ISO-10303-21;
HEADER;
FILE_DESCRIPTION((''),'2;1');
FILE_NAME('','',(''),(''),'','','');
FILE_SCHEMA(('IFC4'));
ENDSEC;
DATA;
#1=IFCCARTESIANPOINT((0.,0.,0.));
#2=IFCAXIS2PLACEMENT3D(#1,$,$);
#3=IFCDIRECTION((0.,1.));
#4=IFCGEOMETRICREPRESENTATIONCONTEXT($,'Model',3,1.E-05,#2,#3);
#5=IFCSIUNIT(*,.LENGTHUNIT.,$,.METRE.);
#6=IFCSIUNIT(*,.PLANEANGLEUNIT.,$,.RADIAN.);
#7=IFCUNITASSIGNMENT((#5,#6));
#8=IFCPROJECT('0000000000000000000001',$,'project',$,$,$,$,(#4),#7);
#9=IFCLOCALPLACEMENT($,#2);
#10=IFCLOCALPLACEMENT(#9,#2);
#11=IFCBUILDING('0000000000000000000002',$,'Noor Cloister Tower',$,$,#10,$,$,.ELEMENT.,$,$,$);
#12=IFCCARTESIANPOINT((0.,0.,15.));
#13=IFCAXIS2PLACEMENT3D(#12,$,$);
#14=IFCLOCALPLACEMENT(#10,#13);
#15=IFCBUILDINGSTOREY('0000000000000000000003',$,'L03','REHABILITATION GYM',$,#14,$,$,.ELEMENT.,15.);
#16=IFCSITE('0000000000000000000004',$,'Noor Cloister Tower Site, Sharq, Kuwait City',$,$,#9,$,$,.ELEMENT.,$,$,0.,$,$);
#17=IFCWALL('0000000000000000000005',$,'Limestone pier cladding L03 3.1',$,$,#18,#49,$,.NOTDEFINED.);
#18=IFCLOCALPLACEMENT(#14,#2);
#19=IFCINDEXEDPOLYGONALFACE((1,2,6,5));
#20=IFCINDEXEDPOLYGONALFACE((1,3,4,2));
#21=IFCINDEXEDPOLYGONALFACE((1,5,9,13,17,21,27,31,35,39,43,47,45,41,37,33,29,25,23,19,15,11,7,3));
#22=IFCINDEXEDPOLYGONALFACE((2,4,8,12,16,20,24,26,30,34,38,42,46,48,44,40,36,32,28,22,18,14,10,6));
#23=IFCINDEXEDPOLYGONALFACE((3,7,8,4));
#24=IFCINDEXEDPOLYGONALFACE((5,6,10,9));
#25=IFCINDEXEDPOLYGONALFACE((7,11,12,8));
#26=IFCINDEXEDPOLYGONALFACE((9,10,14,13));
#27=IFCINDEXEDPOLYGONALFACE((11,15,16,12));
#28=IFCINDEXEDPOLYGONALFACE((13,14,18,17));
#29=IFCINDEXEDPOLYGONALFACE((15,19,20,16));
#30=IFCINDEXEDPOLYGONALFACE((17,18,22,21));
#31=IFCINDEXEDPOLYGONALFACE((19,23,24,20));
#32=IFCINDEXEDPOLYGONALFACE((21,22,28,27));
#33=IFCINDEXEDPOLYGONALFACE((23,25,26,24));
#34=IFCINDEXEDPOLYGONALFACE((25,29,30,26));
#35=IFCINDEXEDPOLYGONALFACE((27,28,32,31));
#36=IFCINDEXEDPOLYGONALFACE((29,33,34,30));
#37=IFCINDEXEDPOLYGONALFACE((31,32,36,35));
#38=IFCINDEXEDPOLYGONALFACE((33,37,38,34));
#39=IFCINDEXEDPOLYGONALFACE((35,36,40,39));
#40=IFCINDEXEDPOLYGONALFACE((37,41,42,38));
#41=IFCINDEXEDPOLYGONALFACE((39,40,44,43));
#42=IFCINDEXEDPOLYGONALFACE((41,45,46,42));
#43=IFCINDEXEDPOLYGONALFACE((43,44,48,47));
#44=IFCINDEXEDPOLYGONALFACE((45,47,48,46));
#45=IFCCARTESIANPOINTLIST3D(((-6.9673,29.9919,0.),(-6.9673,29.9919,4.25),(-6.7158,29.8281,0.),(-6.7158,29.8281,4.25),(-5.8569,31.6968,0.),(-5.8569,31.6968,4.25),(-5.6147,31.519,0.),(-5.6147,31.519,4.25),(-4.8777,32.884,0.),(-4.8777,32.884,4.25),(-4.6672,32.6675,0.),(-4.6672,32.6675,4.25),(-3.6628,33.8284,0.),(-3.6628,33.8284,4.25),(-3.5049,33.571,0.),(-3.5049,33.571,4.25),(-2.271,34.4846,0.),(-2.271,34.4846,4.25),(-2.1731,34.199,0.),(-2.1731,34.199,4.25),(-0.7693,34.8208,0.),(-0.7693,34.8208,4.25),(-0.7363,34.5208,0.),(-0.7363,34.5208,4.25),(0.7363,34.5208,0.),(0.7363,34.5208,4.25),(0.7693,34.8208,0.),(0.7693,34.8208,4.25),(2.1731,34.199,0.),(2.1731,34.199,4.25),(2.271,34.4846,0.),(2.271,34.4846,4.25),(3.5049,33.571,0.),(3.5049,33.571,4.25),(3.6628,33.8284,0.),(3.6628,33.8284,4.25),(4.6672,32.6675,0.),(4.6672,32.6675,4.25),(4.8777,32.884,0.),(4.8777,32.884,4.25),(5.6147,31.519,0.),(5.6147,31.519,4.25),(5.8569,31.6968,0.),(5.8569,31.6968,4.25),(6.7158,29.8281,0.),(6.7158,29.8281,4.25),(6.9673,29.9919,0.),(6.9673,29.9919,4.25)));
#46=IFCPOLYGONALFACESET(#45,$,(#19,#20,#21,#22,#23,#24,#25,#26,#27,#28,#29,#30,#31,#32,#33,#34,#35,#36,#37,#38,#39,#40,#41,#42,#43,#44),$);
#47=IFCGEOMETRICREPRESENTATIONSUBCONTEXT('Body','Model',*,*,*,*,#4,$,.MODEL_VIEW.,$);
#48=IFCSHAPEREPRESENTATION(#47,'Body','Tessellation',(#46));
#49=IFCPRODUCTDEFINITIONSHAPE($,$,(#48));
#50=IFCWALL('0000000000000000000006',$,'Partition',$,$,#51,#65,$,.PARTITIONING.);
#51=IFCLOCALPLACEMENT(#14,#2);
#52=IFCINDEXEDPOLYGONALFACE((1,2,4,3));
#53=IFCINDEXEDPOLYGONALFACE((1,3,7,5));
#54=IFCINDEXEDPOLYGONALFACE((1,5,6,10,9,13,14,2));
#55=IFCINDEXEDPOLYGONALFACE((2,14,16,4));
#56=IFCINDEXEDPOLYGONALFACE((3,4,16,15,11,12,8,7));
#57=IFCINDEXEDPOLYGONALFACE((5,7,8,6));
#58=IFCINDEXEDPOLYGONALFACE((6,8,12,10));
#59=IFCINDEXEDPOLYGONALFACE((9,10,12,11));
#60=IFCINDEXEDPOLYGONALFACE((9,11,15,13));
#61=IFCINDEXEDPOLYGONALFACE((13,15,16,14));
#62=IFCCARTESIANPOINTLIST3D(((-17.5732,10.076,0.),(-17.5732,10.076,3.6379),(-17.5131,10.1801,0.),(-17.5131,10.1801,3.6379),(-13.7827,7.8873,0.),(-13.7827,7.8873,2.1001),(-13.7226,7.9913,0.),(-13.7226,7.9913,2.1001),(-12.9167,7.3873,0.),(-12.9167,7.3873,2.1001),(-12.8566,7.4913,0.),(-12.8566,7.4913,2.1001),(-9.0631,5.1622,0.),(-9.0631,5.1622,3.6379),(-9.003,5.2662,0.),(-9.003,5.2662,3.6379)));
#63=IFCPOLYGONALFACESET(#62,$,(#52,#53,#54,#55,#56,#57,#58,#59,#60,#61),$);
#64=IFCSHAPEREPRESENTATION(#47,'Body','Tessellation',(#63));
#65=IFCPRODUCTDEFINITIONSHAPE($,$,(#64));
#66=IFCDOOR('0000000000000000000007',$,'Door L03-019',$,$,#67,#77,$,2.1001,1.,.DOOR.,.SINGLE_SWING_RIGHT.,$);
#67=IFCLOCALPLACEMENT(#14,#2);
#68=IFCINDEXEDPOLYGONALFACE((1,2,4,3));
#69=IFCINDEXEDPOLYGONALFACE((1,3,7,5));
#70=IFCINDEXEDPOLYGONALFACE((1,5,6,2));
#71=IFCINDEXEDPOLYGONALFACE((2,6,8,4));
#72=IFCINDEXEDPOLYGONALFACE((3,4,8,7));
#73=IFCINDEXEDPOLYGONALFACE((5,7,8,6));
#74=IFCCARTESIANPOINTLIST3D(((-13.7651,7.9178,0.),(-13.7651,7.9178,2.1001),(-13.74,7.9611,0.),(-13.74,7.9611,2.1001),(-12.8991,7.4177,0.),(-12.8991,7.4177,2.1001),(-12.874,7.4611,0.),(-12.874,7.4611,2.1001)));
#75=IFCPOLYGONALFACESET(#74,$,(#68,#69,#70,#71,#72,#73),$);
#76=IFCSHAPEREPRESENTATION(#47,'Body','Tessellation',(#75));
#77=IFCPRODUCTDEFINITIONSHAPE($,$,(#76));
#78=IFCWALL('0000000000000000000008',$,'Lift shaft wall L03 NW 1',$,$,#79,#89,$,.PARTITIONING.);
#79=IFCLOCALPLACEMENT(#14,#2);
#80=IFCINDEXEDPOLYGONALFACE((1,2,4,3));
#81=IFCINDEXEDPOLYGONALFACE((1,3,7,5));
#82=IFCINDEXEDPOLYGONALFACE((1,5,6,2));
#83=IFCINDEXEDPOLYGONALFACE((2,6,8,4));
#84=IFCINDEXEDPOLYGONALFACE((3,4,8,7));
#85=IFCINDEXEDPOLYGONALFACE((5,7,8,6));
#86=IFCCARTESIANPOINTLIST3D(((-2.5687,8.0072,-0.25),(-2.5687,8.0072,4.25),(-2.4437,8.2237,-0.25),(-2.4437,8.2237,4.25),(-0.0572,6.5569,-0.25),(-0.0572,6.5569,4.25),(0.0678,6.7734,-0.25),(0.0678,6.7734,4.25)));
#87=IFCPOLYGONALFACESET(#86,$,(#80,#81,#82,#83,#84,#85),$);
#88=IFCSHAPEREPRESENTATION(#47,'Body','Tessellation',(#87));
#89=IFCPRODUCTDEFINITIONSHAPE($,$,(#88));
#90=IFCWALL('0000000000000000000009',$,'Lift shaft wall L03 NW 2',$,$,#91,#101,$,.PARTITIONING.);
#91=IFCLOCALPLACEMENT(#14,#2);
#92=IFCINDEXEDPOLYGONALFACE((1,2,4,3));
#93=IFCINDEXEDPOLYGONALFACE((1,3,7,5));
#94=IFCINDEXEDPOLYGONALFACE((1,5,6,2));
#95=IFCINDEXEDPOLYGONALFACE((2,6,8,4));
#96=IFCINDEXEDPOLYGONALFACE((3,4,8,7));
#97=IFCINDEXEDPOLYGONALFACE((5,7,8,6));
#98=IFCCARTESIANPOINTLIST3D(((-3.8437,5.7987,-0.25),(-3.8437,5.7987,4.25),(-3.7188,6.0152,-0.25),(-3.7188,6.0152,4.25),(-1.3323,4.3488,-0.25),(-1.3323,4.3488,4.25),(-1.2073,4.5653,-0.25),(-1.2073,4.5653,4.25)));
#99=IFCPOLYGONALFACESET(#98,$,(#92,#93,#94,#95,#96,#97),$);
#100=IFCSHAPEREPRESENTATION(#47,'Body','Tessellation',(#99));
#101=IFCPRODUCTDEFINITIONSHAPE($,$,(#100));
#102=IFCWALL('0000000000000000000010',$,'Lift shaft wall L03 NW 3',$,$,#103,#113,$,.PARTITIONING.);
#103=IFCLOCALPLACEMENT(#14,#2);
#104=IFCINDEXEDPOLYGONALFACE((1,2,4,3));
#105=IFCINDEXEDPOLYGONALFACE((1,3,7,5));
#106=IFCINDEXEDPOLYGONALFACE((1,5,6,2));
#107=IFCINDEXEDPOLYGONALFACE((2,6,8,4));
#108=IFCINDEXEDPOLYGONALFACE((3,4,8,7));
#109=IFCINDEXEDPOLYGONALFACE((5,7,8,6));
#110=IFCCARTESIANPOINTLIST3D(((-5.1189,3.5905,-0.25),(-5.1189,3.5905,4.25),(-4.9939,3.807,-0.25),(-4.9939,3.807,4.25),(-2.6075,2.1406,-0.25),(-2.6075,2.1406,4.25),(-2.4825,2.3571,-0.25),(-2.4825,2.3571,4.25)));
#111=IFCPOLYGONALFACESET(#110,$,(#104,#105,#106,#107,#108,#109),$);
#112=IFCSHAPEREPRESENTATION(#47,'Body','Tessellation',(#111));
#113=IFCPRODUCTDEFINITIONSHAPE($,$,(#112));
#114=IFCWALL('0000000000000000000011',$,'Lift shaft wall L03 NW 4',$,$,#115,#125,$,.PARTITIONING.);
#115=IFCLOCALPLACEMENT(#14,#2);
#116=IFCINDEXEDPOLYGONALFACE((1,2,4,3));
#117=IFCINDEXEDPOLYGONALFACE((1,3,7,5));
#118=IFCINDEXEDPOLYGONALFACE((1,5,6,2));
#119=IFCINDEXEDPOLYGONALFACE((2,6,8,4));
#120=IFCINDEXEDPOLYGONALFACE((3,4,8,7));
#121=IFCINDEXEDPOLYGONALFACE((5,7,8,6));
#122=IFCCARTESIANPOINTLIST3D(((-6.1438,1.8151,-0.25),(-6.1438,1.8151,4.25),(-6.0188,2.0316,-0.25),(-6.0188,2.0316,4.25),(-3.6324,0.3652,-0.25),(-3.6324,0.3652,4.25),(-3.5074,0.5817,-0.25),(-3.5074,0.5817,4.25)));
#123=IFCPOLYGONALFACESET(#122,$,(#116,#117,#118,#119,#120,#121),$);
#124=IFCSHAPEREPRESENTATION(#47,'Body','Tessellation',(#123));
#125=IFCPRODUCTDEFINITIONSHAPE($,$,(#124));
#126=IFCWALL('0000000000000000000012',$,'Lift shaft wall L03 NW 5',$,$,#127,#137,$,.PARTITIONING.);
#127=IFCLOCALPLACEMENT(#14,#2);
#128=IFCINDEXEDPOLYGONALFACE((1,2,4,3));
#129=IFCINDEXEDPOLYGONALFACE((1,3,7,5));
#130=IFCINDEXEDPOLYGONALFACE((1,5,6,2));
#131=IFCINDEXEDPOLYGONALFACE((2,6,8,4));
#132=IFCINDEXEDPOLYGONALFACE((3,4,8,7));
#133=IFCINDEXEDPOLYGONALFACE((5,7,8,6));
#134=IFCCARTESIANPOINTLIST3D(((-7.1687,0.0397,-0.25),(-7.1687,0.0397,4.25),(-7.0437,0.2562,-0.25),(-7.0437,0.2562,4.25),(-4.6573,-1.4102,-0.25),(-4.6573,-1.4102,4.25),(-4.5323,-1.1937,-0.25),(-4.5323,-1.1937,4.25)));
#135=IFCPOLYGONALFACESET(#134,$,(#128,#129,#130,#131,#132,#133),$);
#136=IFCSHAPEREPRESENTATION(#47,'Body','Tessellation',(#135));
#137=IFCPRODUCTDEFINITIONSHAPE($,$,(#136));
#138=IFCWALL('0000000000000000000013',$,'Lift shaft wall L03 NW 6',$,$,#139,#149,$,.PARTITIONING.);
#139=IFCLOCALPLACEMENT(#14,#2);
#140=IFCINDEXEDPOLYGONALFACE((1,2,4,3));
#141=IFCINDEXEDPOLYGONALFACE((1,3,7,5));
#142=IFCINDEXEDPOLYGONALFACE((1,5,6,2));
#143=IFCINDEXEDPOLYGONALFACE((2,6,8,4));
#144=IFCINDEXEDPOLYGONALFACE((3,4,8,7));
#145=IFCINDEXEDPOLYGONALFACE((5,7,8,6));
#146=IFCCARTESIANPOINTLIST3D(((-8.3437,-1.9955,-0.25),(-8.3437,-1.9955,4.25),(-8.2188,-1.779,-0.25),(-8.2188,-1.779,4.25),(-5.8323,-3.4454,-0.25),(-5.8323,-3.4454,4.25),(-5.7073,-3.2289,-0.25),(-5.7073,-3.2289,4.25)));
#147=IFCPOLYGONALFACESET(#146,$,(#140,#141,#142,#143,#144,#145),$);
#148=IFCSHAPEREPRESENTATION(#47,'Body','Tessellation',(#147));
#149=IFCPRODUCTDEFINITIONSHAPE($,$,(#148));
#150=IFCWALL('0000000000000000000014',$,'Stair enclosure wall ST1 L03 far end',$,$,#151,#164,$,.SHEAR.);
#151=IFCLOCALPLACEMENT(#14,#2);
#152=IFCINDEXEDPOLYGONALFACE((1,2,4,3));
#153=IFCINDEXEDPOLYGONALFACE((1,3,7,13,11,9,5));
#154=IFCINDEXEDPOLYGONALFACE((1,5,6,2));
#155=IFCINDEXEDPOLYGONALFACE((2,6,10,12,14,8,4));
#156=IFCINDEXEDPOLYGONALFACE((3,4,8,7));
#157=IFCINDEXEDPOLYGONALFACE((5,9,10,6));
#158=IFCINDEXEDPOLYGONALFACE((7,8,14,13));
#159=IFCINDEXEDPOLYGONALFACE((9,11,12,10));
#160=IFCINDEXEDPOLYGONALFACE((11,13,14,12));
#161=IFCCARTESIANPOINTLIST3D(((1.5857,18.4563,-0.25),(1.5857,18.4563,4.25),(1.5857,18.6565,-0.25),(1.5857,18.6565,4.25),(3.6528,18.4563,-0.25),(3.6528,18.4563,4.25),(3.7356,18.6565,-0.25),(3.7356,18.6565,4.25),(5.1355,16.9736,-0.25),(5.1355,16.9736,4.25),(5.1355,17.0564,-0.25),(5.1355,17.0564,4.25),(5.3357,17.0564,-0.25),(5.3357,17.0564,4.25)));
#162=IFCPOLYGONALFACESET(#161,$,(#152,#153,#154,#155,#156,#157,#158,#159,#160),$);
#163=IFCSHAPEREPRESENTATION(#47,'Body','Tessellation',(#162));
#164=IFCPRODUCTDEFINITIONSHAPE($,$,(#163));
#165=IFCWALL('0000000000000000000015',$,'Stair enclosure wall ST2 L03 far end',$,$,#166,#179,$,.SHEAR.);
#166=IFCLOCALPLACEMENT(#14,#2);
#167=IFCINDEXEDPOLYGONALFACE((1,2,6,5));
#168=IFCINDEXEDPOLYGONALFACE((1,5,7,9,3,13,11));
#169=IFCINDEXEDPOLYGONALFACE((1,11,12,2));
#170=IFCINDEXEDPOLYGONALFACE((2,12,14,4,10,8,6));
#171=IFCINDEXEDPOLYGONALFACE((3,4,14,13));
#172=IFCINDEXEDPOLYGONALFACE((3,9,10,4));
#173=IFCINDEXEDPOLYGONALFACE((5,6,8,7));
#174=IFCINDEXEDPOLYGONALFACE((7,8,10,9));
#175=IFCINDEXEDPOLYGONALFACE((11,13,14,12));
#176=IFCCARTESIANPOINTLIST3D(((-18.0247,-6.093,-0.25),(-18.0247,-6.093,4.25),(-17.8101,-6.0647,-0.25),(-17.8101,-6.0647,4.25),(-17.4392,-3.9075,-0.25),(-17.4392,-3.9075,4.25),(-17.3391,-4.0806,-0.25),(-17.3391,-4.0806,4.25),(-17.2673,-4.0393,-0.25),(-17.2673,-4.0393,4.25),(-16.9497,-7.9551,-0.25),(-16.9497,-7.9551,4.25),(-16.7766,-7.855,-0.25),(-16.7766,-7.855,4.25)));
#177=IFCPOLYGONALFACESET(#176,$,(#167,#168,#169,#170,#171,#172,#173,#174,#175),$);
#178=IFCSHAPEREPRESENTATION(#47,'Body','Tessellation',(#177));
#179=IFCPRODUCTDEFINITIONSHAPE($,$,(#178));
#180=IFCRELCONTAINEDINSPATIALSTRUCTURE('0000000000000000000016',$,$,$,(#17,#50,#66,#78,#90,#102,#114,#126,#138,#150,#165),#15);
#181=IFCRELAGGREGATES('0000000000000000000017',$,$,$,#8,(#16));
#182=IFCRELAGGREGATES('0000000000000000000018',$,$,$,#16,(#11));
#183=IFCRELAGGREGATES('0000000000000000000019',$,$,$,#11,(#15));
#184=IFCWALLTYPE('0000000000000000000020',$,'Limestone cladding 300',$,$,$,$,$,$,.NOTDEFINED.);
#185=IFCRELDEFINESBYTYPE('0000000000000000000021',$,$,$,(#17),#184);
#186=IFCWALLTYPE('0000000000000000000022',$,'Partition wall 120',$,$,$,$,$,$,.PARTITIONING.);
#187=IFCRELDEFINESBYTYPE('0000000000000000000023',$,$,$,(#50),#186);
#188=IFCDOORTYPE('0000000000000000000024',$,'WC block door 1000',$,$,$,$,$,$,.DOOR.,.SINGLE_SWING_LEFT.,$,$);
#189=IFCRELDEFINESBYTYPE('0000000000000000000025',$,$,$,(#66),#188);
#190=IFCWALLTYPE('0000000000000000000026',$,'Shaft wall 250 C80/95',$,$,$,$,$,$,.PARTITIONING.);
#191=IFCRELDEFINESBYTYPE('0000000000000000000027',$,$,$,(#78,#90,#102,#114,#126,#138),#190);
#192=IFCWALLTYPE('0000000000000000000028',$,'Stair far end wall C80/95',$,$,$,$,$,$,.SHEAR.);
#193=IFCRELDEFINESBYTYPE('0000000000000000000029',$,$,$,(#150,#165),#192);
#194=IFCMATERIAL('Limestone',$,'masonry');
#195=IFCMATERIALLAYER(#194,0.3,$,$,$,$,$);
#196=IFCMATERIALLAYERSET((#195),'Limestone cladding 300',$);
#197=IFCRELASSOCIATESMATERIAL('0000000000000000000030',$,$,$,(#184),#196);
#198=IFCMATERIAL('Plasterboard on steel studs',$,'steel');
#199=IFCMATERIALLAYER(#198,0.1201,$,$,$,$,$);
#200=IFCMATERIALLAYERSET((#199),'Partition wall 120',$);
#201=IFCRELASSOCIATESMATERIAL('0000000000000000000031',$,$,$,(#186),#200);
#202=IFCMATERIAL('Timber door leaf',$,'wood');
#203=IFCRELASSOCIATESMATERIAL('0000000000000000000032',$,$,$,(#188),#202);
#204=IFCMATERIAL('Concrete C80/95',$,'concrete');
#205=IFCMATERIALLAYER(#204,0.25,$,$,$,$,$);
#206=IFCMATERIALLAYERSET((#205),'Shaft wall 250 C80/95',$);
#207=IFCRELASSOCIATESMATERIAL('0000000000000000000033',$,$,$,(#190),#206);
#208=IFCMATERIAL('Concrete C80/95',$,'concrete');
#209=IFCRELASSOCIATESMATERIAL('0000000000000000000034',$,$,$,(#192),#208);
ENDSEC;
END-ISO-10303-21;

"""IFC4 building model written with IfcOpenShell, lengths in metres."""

from ifc_helpers import new_model, si_unit, direction, frame, frame_2d, origin, place, context, subcontext, project, spatial, polyline, rectangle, outline, extrude, material, layer, layer_set, type_object, element, fill, save


model = new_model("IFC4")

# Units and contexts
model_context = context("Model", 3, precision=1e-05, world=origin(), true_north=direction((0.0, 1.0)))
body_context = subcontext(model_context, "Body", "Model", "MODEL_VIEW")
ifc_project = project(units=[si_unit("LENGTHUNIT", "METRE"), si_unit("PLANEANGLEUNIT", "RADIAN")], contexts=[model_context])

# Site, building, storey
site_placement = place(None, origin())
site = spatial("IfcSite", under=ifc_project, at=site_placement, Name="Noor Cloister Tower Site, Sharq, Kuwait City", CompositionType="ELEMENT", RefElevation=0.0)
building_placement = place(site_placement, origin())
building = spatial("IfcBuilding", under=site, at=building_placement, Name="Noor Cloister Tower", CompositionType="ELEMENT")
storey_placement = place(building_placement, frame((0.0, 0.0, 15.0)))
storey = spatial("IfcBuildingStorey", under=building, at=storey_placement, Name="L03", Description="REHABILITATION GYM", CompositionType="ELEMENT", Elevation=15.0)

# Wall
ifc_material_1 = material(Name="Limestone", Category="masonry")
ifc_layer_1 = layer(ifc_material_1, 0.3)
ifc_layer_set_1 = layer_set([ifc_layer_1], Name="Limestone cladding 300")
wall_type_1 = type_object("IfcWallType", Name="Limestone cladding 300", PredefinedType="NOTDEFINED", material=ifc_layer_set_1)
wall_1_placement = place(storey_placement, origin())
element("IfcWall", 1, at=wall_1_placement, inside=storey, type_object=wall_type_1, Name="Limestone pier cladding L03 3.1", PredefinedType="NOTDEFINED", context=body_context, shape_type="SweptSolid", body=[
    extrude(outline(polyline([(6.9673, 29.9919), (5.8569, 31.6968), (4.8777, 32.884), (3.6628, 33.8284), (2.271, 34.4846), (0.7693, 34.8208), (-0.7693, 34.8208), (-2.271, 34.4846), (-3.6628, 33.8284), (-4.8777, 32.884), (-5.8569, 31.6968), (-6.9673, 29.9919), (-6.7158, 29.8281), (-5.6147, 31.519), (-4.6672, 32.6675), (-3.5049, 33.571), (-2.1731, 34.199), (-0.7363, 34.5208), (0.7363, 34.5208), (2.1731, 34.199), (3.5049, 33.571), (4.6672, 32.6675), (5.6147, 31.519), (6.7158, 29.8281), (6.9673, 29.9919)])), origin(), (0.0, 0.0, 1.0), 4.25),
])

# Wall, opening, door
ifc_material_2 = material(Name="Plasterboard on steel studs", Category="steel")
ifc_layer_2 = layer(ifc_material_2, 0.1201)
ifc_layer_set_2 = layer_set([ifc_layer_2], Name="Partition wall 120")
wall_type_2 = type_object("IfcWallType", Name="Partition wall 120", PredefinedType="PARTITIONING", material=ifc_layer_set_2)
wall_2_placement = place(storey_placement, frame((-9.033, 5.2141, 0.0), z_axis=(0.0, 0.0, 1.0), x_axis=(-0.866001, 0.500043, 0.0)))
wall_2 = element("IfcWall", 2, at=wall_2_placement, inside=storey, type_object=wall_type_2, Name="Partition", PredefinedType="PARTITIONING", context=body_context, shape_type="SweptSolid", body=[
    extrude(rectangle(XDim=9.8269, YDim=0.1201, at=frame_2d((4.9136, 0.0))), origin(), (0.0, 0.0, 1.0), 3.6379),
])
opening_1_placement = place(wall_2_placement, frame((4.45, 0.0, 0.0)))
opening_1 = element("IfcOpeningElement", 3, at=opening_1_placement, cuts=wall_2, PredefinedType="OPENING", context=body_context, shape_type="SweptSolid", body=[
    extrude(rectangle(XDim=1.0, YDim=2.1001, at=frame_2d((0.5, 1.05))), frame((0.0, 0.0701, 0.0), z_axis=(0.0, -1.0, 0.0), x_axis=(1.0, 0.0, 0.0)), (0.0, 0.0, 1.0), 0.1401),
])
ifc_material_3 = material(Name="Timber door leaf", Category="wood")
door_type_1 = type_object("IfcDoorType", Name="WC block door 1000", OperationType="SINGLE_SWING_LEFT", PredefinedType="DOOR", material=ifc_material_3)
door_1_placement = place(opening_1_placement, origin())
door_1 = element("IfcDoor", 4, at=door_1_placement, inside=storey, type_object=door_type_1, Name="Door L03-019", OperationType="SINGLE_SWING_RIGHT", OverallHeight=2.1001, OverallWidth=1.0, PredefinedType="DOOR", context=body_context, shape_type="SweptSolid", body=[
    extrude(rectangle(XDim=1.0, YDim=2.1001, at=frame_2d((0.5, 1.05))), frame((0.0, 0.0249, 0.0), z_axis=(0.0, -1.0, 0.0), x_axis=(1.0, 0.0, 0.0)), (0.0, 0.0, 1.0), 0.05),
])
fill(opening_1, door_1)

# Walls
ifc_material_4 = material(Name="Concrete C80/95", Category="concrete")
ifc_layer_3 = layer(ifc_material_4, 0.25)
ifc_layer_set_3 = layer_set([ifc_layer_3], Name="Shaft wall 250 C80/95")
wall_type_3 = type_object("IfcWallType", Name="Shaft wall 250 C80/95", PredefinedType="PARTITIONING", material=ifc_layer_set_3)
wall_3_placement = place(storey_placement, frame((-2.5063, 8.1155, -0.25), z_axis=(0.0, 0.0, 1.0), x_axis=(0.865996, -0.50005, 0.0)))
element("IfcWall", 5, at=wall_3_placement, inside=storey, type_object=wall_type_3, Name="Lift shaft wall L03 NW 1", PredefinedType="PARTITIONING", context=body_context, shape_type="SweptSolid", body=[
    extrude(rectangle(XDim=2.9001, YDim=0.25, at=frame_2d((1.4502, 0.0))), origin(), (0.0, 0.0, 1.0), 4.5),
])
for number, where, z_axis, x_axis, name in (
    (6, (-3.7812, 5.907, -0.25), (0.0, 0.0, 1.0), (0.866033, -0.499987, 0.0), "Lift shaft wall L03 NW 2"),
    (7, (-5.0564, 3.6987, -0.25), (0.0, 0.0, 1.0), (0.866033, -0.499987, 0.0), "Lift shaft wall L03 NW 3"),
    (8, (-6.0813, 1.9233, -0.25), (0.0, 0.0, 1.0), (0.866033, -0.499987, 0.0), "Lift shaft wall L03 NW 4"),
    (9, (-7.1062, 0.1479, -0.25), (0.0, 0.0, 1.0), (0.866033, -0.499987, 0.0), "Lift shaft wall L03 NW 5"),
    (10, (-8.2812, -1.8872, -0.25), (0.0, 0.0, 1.0), (0.866033, -0.499987, 0.0), "Lift shaft wall L03 NW 6"),
):
    element("IfcWall", number, at=place(storey_placement, frame(where, z_axis=z_axis, x_axis=x_axis)), inside=storey, type_object=wall_type_3, Name=name, PredefinedType="PARTITIONING", context=body_context, shape_type="SweptSolid", body=[
        extrude(rectangle(XDim=2.8999, YDim=0.25, at=frame_2d((1.45, 0.0))), origin(), (0.0, 0.0, 1.0), 4.5),
    ])
ifc_material_5 = material(Name="Concrete C80/95", Category="concrete")
wall_type_4 = type_object("IfcWallType", Name="Stair far end wall C80/95", PredefinedType="SHEAR", material=ifc_material_5)
wall_4_placement = place(storey_placement, frame((0.0, 0.0, -0.25)))
element("IfcWall", 11, at=wall_4_placement, inside=storey, type_object=wall_type_4, Name="Stair enclosure wall ST1 L03 far end", PredefinedType="SHEAR", context=body_context, shape_type="SweptSolid", body=[
    extrude(outline(polyline([(5.3357, 17.0564), (3.7356, 18.6565), (1.5857, 18.6565), (1.5857, 18.4563), (3.6528, 18.4563), (5.1355, 16.9736), (5.1355, 17.0564), (5.1355, 17.0564), (5.1355, 17.0564), (5.1355, 17.0564), (5.1355, 17.0564), (5.1355, 17.0564), (5.1355, 17.0564), (5.1355, 17.0564), (5.1355, 17.0564), (5.1355, 17.0564), (5.1355, 17.0564), (5.1355, 17.0564), (5.1355, 17.0564), (5.1355, 17.0564), (5.1355, 17.0564), (5.1355, 17.0564), (5.1355, 17.0564), (5.3357, 17.0564)])), origin(), (0.0, 0.0, 1.0), 4.5),
])
wall_5_placement = place(storey_placement, frame((0.0, 0.0, -0.25)))
element("IfcWall", 12, at=wall_5_placement, inside=storey, type_object=wall_type_4, Name="Stair enclosure wall ST2 L03 far end", PredefinedType="SHEAR", context=body_context, shape_type="SweptSolid", body=[
    extrude(outline(polyline([(-17.4392, -3.9075), (-18.0247, -6.093), (-16.9497, -7.9551), (-16.7766, -7.855), (-17.8101, -6.0647), (-17.2673, -4.0393), (-17.3391, -4.0806), (-17.3391, -4.0806), (-17.3391, -4.0806), (-17.3391, -4.0806), (-17.3391, -4.0806), (-17.3391, -4.0806), (-17.3391, -4.0806), (-17.3391, -4.0806), (-17.3391, -4.0806), (-17.3391, -4.0806), (-17.3391, -4.0806), (-17.3391, -4.0806), (-17.3391, -4.0806), (-17.3391, -4.0806), (-17.3391, -4.0806), (-17.3391, -4.0806), (-17.3391, -4.0806), (-17.4392, -3.9075)])), origin(), (0.0, 0.0, 1.0), 4.5),
])

save(model, "model.ifc")
